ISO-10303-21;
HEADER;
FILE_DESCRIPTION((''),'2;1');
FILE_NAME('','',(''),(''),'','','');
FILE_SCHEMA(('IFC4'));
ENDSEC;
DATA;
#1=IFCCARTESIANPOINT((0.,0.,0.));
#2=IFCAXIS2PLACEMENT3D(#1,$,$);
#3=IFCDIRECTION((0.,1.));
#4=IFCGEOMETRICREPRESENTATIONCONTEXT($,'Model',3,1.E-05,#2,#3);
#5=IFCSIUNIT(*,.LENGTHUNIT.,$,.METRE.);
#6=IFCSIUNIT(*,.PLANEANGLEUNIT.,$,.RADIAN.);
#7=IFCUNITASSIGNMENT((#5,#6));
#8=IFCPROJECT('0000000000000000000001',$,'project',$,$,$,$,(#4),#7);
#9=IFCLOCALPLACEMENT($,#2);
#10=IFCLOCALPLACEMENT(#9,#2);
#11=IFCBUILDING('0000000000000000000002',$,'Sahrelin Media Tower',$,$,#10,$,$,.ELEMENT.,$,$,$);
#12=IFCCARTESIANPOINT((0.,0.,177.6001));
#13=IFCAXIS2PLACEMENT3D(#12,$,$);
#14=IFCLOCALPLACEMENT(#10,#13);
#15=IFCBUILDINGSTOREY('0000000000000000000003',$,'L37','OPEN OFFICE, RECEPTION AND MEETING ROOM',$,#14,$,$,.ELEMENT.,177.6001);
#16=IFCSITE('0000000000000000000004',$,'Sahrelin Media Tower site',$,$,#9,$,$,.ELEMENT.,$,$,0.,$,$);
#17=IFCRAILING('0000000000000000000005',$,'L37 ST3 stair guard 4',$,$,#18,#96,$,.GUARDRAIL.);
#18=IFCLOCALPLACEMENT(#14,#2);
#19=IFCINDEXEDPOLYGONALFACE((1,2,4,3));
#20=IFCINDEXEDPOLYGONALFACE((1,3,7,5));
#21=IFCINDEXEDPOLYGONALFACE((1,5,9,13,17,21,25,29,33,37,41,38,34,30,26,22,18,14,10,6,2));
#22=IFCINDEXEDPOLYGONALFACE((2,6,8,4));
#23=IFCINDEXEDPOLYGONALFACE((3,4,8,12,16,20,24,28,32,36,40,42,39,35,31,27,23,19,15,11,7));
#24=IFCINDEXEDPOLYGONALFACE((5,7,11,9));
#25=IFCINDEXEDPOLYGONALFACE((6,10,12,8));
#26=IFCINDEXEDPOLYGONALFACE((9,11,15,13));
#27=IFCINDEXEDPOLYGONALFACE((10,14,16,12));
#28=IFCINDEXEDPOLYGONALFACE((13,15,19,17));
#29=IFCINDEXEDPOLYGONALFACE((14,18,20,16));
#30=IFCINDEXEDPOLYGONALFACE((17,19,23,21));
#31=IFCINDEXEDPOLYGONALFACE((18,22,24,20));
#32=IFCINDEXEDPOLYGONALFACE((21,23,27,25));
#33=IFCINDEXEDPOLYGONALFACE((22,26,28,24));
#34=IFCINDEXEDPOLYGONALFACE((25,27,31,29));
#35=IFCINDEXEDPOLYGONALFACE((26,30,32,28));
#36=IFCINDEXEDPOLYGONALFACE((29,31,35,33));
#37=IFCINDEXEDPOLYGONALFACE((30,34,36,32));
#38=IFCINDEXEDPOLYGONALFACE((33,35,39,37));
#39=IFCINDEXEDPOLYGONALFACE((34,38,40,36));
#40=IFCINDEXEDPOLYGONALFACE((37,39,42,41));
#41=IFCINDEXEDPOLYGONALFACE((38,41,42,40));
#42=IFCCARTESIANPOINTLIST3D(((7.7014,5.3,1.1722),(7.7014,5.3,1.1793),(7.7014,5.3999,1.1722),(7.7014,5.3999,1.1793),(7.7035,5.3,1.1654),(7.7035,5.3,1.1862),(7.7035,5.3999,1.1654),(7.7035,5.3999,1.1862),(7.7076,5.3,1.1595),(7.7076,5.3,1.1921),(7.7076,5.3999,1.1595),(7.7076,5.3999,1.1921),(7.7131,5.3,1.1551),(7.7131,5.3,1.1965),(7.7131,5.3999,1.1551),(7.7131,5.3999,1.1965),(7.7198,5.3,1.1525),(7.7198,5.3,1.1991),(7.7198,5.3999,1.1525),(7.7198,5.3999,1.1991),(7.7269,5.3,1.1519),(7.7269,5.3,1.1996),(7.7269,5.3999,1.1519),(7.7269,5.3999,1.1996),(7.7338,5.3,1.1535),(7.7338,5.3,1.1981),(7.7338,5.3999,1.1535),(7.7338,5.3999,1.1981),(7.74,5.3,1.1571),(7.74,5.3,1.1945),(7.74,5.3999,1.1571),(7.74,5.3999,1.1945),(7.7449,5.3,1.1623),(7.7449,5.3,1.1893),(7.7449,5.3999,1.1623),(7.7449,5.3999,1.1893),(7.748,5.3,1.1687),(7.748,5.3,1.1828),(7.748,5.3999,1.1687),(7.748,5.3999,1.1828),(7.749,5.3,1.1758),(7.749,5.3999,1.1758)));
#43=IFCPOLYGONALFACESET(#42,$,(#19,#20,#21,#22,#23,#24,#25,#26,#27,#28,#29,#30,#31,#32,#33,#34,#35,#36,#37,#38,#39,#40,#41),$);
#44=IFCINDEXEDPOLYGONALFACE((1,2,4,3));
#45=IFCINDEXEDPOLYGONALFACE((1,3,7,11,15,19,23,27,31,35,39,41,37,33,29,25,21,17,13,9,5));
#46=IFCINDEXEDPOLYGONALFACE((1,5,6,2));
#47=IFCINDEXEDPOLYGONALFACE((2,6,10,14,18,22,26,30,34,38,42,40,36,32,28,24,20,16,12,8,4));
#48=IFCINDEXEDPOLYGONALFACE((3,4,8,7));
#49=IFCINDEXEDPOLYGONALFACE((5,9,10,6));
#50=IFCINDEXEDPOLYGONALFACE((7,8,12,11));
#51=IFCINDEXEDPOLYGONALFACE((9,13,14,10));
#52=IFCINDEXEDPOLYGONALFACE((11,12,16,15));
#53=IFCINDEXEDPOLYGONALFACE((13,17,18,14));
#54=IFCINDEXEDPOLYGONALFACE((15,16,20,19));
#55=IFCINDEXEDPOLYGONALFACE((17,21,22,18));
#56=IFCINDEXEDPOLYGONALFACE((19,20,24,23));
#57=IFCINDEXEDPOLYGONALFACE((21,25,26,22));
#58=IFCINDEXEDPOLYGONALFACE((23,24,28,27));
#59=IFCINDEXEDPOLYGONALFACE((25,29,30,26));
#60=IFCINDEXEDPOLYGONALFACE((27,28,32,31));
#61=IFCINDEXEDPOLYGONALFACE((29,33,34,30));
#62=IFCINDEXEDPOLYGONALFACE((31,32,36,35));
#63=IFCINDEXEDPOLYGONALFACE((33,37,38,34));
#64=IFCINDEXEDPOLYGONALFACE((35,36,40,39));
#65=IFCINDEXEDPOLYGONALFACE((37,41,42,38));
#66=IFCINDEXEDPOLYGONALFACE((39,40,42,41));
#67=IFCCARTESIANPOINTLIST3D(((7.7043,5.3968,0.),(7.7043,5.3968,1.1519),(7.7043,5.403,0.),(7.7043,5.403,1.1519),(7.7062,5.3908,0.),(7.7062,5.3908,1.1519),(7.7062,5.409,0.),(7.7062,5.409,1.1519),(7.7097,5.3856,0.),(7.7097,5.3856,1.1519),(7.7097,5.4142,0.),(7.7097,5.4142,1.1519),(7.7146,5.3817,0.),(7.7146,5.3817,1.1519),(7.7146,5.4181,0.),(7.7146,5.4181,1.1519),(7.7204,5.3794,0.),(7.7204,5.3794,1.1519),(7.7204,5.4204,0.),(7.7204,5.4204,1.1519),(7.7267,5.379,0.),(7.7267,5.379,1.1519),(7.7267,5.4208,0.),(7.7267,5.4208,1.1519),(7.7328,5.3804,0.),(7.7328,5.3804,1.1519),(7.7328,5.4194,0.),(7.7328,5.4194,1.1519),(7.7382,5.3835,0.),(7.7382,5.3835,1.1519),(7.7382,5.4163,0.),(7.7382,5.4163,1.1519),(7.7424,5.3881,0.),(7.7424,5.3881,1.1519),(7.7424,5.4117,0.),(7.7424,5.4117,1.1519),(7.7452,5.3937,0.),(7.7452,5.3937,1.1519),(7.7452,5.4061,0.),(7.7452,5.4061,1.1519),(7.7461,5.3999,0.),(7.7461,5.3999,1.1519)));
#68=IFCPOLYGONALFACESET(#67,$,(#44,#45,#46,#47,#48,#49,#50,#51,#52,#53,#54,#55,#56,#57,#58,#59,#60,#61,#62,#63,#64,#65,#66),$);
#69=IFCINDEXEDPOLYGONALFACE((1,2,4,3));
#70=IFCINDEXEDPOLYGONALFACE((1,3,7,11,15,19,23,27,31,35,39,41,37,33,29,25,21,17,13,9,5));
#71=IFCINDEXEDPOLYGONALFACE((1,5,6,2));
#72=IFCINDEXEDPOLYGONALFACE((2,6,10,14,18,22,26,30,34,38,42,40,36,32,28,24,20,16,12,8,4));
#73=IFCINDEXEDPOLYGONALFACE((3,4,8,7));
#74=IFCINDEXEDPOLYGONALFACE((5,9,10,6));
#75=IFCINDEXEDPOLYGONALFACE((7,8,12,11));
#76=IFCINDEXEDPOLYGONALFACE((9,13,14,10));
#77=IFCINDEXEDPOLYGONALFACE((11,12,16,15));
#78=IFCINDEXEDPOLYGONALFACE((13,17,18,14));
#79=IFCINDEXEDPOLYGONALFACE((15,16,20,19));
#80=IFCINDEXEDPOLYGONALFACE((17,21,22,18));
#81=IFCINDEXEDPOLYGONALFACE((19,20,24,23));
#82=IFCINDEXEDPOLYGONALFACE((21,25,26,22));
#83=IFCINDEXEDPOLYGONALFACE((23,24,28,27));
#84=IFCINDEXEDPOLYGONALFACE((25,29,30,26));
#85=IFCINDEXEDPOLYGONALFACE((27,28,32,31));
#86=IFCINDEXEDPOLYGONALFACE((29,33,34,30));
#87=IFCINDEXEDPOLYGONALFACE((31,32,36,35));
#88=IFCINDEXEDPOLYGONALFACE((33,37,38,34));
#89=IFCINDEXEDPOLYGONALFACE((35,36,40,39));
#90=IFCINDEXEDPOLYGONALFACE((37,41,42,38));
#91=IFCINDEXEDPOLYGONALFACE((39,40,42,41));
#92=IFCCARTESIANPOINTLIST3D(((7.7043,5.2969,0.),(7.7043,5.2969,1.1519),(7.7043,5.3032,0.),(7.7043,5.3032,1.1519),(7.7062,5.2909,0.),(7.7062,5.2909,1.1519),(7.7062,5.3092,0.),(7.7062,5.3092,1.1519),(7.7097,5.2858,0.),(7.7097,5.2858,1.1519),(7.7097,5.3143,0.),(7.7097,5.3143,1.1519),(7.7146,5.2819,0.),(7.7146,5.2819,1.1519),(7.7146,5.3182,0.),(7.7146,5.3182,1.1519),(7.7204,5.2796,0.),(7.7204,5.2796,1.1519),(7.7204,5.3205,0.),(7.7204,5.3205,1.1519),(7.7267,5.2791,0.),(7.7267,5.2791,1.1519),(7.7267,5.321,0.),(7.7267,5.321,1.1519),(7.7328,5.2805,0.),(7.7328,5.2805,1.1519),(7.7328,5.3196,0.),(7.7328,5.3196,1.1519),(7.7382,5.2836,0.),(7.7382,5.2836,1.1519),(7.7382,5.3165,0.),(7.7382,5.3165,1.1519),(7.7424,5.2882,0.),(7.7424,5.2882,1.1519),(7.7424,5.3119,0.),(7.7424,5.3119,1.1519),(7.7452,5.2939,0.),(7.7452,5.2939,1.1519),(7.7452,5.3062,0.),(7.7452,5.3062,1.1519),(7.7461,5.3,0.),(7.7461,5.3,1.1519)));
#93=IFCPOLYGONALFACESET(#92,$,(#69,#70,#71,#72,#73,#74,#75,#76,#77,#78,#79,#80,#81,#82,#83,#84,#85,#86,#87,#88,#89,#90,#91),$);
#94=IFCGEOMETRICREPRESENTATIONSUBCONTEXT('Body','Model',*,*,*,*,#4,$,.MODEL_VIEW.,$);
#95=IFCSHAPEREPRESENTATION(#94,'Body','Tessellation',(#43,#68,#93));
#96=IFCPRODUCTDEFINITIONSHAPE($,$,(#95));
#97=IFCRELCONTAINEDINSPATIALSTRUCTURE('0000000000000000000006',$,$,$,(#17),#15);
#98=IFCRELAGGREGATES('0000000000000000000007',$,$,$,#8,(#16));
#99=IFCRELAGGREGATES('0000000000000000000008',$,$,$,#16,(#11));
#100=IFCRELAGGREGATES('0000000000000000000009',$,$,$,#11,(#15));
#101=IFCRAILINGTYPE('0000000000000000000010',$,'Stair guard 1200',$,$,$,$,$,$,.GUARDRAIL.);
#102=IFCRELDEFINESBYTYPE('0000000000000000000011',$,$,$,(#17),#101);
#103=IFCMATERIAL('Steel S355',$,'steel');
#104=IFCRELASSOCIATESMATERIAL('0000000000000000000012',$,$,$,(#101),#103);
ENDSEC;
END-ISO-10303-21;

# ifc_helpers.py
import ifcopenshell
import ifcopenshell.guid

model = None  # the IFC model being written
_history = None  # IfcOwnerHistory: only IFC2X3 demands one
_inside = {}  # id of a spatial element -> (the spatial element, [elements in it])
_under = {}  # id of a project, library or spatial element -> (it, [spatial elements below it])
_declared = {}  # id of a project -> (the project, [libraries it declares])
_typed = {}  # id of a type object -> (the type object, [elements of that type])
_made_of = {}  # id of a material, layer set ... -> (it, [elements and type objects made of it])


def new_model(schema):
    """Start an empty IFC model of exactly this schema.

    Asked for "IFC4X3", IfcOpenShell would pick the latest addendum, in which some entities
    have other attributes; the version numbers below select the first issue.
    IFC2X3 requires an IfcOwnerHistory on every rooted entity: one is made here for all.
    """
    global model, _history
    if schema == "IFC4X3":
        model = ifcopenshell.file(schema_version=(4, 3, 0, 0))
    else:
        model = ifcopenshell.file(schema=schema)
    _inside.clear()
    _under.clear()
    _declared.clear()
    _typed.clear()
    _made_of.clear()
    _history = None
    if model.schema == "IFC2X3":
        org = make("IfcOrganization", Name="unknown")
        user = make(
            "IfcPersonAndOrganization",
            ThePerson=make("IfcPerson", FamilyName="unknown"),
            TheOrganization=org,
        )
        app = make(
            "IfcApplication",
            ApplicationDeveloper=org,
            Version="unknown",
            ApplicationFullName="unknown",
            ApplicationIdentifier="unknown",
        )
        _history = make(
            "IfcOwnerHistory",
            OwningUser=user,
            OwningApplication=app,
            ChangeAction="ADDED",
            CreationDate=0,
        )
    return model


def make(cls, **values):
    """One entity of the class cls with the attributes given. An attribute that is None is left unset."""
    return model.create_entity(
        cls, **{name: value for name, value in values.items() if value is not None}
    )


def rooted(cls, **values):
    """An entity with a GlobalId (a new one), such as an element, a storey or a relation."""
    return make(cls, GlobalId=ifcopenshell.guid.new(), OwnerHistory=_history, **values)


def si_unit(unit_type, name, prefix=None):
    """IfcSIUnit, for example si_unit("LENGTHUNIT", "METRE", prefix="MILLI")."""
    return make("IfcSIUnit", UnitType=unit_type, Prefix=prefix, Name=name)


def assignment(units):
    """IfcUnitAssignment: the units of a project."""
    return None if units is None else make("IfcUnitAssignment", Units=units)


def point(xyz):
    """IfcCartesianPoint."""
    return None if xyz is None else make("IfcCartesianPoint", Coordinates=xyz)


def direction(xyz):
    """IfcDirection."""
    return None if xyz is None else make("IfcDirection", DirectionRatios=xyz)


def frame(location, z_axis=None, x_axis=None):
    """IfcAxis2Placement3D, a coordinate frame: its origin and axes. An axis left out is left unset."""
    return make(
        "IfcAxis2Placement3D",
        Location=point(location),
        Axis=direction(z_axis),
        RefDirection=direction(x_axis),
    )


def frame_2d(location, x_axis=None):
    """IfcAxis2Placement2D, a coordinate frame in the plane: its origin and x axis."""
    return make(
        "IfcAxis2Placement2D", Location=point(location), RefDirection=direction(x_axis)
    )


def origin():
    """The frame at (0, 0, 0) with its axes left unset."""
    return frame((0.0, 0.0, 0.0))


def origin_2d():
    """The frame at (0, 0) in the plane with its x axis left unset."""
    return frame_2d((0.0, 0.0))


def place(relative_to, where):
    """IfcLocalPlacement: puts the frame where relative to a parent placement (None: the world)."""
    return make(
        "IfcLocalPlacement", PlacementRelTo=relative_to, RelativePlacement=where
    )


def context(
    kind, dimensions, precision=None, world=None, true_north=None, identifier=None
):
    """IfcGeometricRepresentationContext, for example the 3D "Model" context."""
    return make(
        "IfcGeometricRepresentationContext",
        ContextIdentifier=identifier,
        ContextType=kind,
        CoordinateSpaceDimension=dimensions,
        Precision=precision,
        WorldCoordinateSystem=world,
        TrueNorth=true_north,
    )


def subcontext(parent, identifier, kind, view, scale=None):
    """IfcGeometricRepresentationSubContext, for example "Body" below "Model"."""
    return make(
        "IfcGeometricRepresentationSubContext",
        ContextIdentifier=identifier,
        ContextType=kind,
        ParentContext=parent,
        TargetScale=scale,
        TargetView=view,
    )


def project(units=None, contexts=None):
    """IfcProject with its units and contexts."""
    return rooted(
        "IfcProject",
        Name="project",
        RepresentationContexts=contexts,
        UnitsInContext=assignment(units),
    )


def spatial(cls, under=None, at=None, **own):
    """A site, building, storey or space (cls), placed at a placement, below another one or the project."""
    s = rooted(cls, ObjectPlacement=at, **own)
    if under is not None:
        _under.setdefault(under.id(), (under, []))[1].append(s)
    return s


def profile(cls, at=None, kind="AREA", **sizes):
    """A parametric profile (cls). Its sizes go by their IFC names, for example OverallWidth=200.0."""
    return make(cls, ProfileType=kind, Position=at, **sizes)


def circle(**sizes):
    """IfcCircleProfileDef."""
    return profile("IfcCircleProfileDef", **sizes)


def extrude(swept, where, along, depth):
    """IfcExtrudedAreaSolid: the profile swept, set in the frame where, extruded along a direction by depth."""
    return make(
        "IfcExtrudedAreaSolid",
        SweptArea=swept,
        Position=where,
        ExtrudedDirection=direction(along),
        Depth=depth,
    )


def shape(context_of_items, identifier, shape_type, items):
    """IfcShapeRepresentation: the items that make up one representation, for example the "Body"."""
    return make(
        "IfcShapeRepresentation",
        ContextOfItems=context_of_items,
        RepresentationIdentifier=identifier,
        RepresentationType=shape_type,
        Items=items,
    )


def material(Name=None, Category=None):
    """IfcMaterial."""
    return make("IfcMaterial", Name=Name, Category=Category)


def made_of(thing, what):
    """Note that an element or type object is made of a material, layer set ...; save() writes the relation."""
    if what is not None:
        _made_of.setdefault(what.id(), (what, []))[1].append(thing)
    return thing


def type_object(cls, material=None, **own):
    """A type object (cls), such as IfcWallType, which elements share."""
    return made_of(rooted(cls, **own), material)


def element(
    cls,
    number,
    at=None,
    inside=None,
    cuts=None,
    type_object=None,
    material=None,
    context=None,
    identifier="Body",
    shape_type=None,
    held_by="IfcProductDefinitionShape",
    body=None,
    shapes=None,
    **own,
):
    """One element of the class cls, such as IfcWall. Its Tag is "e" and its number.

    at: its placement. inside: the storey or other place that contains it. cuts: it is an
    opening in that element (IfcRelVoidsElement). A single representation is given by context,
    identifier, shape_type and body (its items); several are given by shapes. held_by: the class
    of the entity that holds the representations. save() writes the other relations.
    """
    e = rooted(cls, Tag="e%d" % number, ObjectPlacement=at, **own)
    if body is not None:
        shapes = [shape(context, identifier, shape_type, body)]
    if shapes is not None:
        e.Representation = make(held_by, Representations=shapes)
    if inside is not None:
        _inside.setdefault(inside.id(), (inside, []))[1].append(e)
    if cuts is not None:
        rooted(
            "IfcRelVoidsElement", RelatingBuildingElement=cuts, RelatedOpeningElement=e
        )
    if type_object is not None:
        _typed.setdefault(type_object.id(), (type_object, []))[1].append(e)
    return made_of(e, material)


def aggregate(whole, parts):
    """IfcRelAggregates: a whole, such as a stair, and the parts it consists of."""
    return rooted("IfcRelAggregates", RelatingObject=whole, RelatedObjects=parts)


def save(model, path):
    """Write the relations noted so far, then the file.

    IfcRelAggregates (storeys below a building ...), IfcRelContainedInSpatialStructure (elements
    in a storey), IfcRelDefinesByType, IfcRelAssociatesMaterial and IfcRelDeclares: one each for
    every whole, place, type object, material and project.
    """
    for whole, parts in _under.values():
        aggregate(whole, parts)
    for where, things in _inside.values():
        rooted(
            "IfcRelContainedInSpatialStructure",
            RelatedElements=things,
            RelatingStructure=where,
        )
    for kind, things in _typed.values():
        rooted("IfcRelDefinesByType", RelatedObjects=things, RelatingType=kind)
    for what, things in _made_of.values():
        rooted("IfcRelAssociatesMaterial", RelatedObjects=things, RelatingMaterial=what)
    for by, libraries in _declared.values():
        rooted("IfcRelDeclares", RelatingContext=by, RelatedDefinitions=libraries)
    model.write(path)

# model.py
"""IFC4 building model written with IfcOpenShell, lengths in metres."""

from ifc_helpers import new_model, si_unit, direction, frame, origin, origin_2d, place, context, subcontext, project, spatial, circle, extrude, material, type_object, element, save


model = new_model("IFC4")

# Units and contexts
model_context = context("Model", 3, precision=1e-05, world=origin(), true_north=direction((0.0, 1.0)))
body_context = subcontext(model_context, "Body", "Model", "MODEL_VIEW")
ifc_project = project(units=[si_unit("LENGTHUNIT", "METRE"), si_unit("PLANEANGLEUNIT", "RADIAN")], contexts=[model_context])

# Site, building, storey
site_placement = place(None, origin())
site = spatial("IfcSite", under=ifc_project, at=site_placement, Name="Sahrelin Media Tower site", CompositionType="ELEMENT", RefElevation=0.0)
building_placement = place(site_placement, origin())
building = spatial("IfcBuilding", under=site, at=building_placement, Name="Sahrelin Media Tower", CompositionType="ELEMENT")
storey_placement = place(building_placement, frame((0.0, 0.0, 177.6001)))
storey = spatial("IfcBuildingStorey", under=building, at=storey_placement, Name="L37", Description="OPEN OFFICE, RECEPTION AND MEETING ROOM", CompositionType="ELEMENT", Elevation=177.6001)

# Shared definitions
ifc_material_1 = material(Name="Steel S355", Category="steel")

# Railing
railing_type_1 = type_object("IfcRailingType", Name="Stair guard 1200", PredefinedType="GUARDRAIL", material=ifc_material_1)
railing_1_placement = place(storey_placement, frame((7.7251, 5.3999, 0.0)))
element("IfcRailing", 1, at=railing_1_placement, inside=storey, type_object=railing_type_1, Name="L37 ST3 stair guard 4", PredefinedType="GUARDRAIL", context=body_context, shape_type="SweptSolid", body=[
    extrude(circle(Radius=0.0239, at=origin_2d()), frame((0.0, 0.0, 1.1758), z_axis=(0.0, -1.0, 0.0), x_axis=(1.0, 0.0, 0.0)), (0.0, 0.0, 1.0), 0.0999),
    extrude(circle(Radius=0.021, at=origin_2d()), origin(), (0.0, 0.0, 1.0), 1.1519),
    extrude(circle(Radius=0.021, at=origin_2d()), frame((0.0, -0.0999, 0.0)), (0.0, 0.0, 1.0), 1.1519),
])

save(model, "model.ifc")
